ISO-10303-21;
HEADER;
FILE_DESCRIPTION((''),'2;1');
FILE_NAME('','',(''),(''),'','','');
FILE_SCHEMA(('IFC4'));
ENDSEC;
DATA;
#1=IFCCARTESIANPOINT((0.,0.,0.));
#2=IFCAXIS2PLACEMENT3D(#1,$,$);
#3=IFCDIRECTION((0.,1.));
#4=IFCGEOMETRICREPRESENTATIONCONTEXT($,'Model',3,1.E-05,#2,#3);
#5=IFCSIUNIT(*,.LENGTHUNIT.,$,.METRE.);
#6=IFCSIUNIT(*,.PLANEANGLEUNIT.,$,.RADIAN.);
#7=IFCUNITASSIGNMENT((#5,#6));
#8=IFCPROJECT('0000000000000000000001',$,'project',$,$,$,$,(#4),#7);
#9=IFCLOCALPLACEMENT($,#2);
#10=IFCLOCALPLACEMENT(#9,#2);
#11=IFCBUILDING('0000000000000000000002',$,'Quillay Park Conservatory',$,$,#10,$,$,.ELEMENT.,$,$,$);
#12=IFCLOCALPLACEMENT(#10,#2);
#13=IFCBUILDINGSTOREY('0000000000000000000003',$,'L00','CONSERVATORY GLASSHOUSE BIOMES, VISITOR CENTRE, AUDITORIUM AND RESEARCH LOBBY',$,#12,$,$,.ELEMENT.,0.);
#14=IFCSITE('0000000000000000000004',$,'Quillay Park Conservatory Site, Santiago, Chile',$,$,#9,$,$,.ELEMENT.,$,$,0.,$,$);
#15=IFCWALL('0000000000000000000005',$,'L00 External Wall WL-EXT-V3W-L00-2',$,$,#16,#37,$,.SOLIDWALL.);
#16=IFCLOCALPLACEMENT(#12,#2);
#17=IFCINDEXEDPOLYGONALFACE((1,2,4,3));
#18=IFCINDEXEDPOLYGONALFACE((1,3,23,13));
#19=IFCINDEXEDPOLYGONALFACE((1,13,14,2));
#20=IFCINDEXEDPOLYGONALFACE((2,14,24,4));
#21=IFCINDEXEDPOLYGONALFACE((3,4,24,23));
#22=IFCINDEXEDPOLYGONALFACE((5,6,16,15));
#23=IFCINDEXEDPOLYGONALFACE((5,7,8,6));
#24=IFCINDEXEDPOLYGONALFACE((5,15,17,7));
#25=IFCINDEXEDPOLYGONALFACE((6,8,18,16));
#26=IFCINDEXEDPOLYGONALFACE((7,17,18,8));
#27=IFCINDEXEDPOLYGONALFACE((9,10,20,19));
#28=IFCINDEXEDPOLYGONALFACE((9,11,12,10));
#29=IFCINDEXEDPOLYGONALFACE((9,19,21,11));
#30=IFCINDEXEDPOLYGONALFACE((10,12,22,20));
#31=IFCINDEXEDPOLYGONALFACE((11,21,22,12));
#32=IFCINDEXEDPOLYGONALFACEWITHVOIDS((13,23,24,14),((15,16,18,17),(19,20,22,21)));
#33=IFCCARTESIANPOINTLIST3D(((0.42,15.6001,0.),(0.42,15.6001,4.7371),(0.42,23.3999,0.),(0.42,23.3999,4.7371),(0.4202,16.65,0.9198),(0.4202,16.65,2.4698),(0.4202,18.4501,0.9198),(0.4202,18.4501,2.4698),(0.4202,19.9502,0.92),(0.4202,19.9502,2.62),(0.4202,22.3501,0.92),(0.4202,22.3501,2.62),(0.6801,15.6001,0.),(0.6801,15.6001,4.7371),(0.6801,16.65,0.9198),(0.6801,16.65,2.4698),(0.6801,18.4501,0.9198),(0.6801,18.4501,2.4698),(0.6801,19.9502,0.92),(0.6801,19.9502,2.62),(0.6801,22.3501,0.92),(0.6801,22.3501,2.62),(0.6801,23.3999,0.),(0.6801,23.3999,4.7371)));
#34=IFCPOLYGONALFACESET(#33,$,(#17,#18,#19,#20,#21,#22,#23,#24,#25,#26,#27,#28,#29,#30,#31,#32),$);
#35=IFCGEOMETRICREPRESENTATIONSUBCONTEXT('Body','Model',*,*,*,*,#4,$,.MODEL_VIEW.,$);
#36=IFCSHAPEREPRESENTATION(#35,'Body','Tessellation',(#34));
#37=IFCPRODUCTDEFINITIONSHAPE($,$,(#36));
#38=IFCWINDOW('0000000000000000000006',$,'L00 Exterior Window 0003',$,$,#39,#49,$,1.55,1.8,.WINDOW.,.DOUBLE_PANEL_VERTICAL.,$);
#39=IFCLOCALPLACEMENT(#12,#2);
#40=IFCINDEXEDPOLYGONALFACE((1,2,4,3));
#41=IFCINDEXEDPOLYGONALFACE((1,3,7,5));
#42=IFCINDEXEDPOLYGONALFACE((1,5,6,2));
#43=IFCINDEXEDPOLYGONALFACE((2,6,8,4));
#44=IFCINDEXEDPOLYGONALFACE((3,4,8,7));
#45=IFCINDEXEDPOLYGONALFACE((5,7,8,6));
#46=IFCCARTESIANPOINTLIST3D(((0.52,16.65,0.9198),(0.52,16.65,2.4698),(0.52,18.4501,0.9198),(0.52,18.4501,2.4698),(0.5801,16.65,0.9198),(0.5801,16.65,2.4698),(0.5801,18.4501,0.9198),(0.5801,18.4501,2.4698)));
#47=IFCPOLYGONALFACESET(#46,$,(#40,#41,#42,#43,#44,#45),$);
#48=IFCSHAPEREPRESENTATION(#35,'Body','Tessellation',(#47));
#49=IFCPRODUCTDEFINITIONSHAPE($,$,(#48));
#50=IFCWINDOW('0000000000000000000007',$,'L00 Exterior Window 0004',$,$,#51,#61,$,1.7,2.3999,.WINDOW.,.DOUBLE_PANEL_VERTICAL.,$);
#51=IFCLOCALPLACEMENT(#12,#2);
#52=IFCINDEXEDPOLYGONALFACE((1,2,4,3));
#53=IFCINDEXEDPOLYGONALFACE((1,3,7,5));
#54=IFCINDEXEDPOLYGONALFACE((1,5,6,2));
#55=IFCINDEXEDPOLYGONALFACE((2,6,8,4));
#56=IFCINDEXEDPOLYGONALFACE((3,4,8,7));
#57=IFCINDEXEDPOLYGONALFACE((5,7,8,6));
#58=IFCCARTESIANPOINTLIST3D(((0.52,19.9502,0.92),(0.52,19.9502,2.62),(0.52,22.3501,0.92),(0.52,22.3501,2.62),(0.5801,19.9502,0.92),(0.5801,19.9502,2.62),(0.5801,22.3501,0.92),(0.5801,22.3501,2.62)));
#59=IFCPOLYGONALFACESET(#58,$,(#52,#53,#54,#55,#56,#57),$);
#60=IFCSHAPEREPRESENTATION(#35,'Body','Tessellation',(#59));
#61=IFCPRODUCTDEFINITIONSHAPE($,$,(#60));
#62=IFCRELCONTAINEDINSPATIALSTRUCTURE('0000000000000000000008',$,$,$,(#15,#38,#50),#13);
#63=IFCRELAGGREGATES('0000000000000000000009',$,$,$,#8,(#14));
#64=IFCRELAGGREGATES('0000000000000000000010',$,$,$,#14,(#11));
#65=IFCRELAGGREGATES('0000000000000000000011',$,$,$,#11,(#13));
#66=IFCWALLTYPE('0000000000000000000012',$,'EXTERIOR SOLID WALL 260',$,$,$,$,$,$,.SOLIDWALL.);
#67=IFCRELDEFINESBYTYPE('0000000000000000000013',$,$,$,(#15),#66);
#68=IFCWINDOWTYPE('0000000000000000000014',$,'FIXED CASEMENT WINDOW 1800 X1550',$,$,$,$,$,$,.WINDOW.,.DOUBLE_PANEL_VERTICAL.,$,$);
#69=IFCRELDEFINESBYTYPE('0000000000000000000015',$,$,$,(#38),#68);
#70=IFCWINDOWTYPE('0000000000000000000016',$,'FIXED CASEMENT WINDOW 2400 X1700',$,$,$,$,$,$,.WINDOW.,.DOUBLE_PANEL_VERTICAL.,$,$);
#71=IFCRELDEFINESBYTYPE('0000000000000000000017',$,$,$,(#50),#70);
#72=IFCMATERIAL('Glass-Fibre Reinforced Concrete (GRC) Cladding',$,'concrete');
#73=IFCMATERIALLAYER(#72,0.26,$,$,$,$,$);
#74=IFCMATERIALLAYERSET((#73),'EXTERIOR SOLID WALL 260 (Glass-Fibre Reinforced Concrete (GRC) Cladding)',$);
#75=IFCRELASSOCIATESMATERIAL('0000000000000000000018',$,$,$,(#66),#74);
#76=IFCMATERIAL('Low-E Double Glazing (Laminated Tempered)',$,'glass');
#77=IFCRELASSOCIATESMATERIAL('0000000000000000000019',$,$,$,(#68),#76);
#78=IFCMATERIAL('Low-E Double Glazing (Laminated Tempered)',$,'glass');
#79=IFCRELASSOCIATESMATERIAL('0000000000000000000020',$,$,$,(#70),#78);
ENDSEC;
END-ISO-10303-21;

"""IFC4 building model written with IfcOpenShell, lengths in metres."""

from ifc_helpers import new_model, si_unit, direction, frame, frame_2d, origin, place, context, subcontext, project, spatial, rectangle, extrude, material, layer, layer_set, type_object, element, fill, save


model = new_model("IFC4")

# Units and contexts
model_context = context("Model", 3, precision=1e-05, world=origin(), true_north=direction((0.0, 1.0)))
body_context = subcontext(model_context, "Body", "Model", "MODEL_VIEW")
ifc_project = project(units=[si_unit("LENGTHUNIT", "METRE"), si_unit("PLANEANGLEUNIT", "RADIAN")], contexts=[model_context])

# Site, building, storey
site_placement = place(None, origin())
site = spatial("IfcSite", under=ifc_project, at=site_placement, Name="Quillay Park Conservatory Site, Santiago, Chile", CompositionType="ELEMENT", RefElevation=0.0)
building_placement = place(site_placement, origin())
building = spatial("IfcBuilding", under=site, at=building_placement, Name="Quillay Park Conservatory", CompositionType="ELEMENT")
storey_placement = place(building_placement, origin())
storey = spatial("IfcBuildingStorey", under=building, at=storey_placement, Name="L00", Description="CONSERVATORY GLASSHOUSE BIOMES, VISITOR CENTRE, AUDITORIUM AND RESEARCH LOBBY", CompositionType="ELEMENT", Elevation=0.0)

# Wall, openings, windows
ifc_material_1 = material(Name="Glass-Fibre Reinforced Concrete (GRC) Cladding", Category="concrete")
ifc_layer_1 = layer(ifc_material_1, 0.26)
ifc_layer_set_1 = layer_set([ifc_layer_1], Name="EXTERIOR SOLID WALL 260 (Glass-Fibre Reinforced Concrete (GRC) Cladding)")
wall_type = type_object("IfcWallType", Name="EXTERIOR SOLID WALL 260", PredefinedType="SOLIDWALL", material=ifc_layer_set_1)
wall_1_placement = place(storey_placement, frame((0.55, 15.6001, 0.0), z_axis=(0.0, 0.0, 1.0), x_axis=(0.0, 1.0, 0.0)))
wall_1 = element("IfcWall", 1, at=wall_1_placement, inside=storey, type_object=wall_type, Name="L00 External Wall WL-EXT-V3W-L00-2", PredefinedType="SOLIDWALL", context=body_context, shape_type="SweptSolid", body=[
    extrude(rectangle(XDim=7.7998, YDim=0.26, at=frame_2d((3.8999, 0.0))), origin(), (0.0, 0.0, 1.0), 4.7371),
])
opening_1_placement = place(wall_1_placement, frame((1.05, 0.0, 0.9199)))
opening_1 = element("IfcOpeningElement", 2, at=opening_1_placement, cuts=wall_1, PredefinedType="OPENING", context=body_context, shape_type="SweptSolid", body=[
    extrude(rectangle(XDim=1.8, YDim=1.55, at=frame_2d((0.8999, 0.7749))), frame((0.0, 0.1299, 0.0), z_axis=(0.0, -1.0, 0.0), x_axis=(1.0, 0.0, 0.0)), (0.0, 0.0, 1.0), 0.26),
])
opening_2_placement = place(wall_1_placement, frame((4.3501, 0.0, 0.9199)))
opening_2 = element("IfcOpeningElement", 3, at=opening_2_placement, cuts=wall_1, PredefinedType="OPENING", context=body_context, shape_type="SweptSolid", body=[
    extrude(rectangle(XDim=2.3999, YDim=1.7, at=frame_2d((1.2, 0.8501))), frame((0.0, 0.1299, 0.0), z_axis=(0.0, -1.0, 0.0), x_axis=(1.0, 0.0, 0.0)), (0.0, 0.0, 1.0), 0.26),
])
ifc_material_2 = material(Name="Low-E Double Glazing (Laminated Tempered)", Category="glass")
window_type_1 = type_object("IfcWindowType", Name="FIXED CASEMENT WINDOW 1800 X1550", PartitioningType="DOUBLE_PANEL_VERTICAL", PredefinedType="WINDOW", material=ifc_material_2)
window_1_placement = place(opening_1_placement, origin())
window_1 = element("IfcWindow", 4, at=window_1_placement, inside=storey, type_object=window_type_1, Name="L00 Exterior Window 0003", OverallHeight=1.55, OverallWidth=1.8, PartitioningType="DOUBLE_PANEL_VERTICAL", PredefinedType="WINDOW", context=body_context, shape_type="SweptSolid", body=[
    extrude(rectangle(XDim=1.8, YDim=1.55, at=frame_2d((0.8999, 0.7749))), frame((0.0, 0.03, 0.0), z_axis=(0.0, -1.0, 0.0), x_axis=(1.0, 0.0, 0.0)), (0.0, 0.0, 1.0), 0.0601),
])
fill(opening_1, window_1)
ifc_material_3 = material(Name="Low-E Double Glazing (Laminated Tempered)", Category="glass")
window_type_2 = type_object("IfcWindowType", Name="FIXED CASEMENT WINDOW 2400 X1700", PartitioningType="DOUBLE_PANEL_VERTICAL", PredefinedType="WINDOW", material=ifc_material_3)
window_2_placement = place(opening_2_placement, origin())
window_2 = element("IfcWindow", 5, at=window_2_placement, inside=storey, type_object=window_type_2, Name="L00 Exterior Window 0004", OverallHeight=1.7, OverallWidth=2.3999, PartitioningType="DOUBLE_PANEL_VERTICAL", PredefinedType="WINDOW", context=body_context, shape_type="SweptSolid", body=[
    extrude(rectangle(XDim=2.3999, YDim=1.7, at=frame_2d((1.2, 0.8501))), frame((0.0, 0.03, 0.0), z_axis=(0.0, -1.0, 0.0), x_axis=(1.0, 0.0, 0.0)), (0.0, 0.0, 1.0), 0.0601),
])
fill(opening_2, window_2)

save(model, "model.ifc")
